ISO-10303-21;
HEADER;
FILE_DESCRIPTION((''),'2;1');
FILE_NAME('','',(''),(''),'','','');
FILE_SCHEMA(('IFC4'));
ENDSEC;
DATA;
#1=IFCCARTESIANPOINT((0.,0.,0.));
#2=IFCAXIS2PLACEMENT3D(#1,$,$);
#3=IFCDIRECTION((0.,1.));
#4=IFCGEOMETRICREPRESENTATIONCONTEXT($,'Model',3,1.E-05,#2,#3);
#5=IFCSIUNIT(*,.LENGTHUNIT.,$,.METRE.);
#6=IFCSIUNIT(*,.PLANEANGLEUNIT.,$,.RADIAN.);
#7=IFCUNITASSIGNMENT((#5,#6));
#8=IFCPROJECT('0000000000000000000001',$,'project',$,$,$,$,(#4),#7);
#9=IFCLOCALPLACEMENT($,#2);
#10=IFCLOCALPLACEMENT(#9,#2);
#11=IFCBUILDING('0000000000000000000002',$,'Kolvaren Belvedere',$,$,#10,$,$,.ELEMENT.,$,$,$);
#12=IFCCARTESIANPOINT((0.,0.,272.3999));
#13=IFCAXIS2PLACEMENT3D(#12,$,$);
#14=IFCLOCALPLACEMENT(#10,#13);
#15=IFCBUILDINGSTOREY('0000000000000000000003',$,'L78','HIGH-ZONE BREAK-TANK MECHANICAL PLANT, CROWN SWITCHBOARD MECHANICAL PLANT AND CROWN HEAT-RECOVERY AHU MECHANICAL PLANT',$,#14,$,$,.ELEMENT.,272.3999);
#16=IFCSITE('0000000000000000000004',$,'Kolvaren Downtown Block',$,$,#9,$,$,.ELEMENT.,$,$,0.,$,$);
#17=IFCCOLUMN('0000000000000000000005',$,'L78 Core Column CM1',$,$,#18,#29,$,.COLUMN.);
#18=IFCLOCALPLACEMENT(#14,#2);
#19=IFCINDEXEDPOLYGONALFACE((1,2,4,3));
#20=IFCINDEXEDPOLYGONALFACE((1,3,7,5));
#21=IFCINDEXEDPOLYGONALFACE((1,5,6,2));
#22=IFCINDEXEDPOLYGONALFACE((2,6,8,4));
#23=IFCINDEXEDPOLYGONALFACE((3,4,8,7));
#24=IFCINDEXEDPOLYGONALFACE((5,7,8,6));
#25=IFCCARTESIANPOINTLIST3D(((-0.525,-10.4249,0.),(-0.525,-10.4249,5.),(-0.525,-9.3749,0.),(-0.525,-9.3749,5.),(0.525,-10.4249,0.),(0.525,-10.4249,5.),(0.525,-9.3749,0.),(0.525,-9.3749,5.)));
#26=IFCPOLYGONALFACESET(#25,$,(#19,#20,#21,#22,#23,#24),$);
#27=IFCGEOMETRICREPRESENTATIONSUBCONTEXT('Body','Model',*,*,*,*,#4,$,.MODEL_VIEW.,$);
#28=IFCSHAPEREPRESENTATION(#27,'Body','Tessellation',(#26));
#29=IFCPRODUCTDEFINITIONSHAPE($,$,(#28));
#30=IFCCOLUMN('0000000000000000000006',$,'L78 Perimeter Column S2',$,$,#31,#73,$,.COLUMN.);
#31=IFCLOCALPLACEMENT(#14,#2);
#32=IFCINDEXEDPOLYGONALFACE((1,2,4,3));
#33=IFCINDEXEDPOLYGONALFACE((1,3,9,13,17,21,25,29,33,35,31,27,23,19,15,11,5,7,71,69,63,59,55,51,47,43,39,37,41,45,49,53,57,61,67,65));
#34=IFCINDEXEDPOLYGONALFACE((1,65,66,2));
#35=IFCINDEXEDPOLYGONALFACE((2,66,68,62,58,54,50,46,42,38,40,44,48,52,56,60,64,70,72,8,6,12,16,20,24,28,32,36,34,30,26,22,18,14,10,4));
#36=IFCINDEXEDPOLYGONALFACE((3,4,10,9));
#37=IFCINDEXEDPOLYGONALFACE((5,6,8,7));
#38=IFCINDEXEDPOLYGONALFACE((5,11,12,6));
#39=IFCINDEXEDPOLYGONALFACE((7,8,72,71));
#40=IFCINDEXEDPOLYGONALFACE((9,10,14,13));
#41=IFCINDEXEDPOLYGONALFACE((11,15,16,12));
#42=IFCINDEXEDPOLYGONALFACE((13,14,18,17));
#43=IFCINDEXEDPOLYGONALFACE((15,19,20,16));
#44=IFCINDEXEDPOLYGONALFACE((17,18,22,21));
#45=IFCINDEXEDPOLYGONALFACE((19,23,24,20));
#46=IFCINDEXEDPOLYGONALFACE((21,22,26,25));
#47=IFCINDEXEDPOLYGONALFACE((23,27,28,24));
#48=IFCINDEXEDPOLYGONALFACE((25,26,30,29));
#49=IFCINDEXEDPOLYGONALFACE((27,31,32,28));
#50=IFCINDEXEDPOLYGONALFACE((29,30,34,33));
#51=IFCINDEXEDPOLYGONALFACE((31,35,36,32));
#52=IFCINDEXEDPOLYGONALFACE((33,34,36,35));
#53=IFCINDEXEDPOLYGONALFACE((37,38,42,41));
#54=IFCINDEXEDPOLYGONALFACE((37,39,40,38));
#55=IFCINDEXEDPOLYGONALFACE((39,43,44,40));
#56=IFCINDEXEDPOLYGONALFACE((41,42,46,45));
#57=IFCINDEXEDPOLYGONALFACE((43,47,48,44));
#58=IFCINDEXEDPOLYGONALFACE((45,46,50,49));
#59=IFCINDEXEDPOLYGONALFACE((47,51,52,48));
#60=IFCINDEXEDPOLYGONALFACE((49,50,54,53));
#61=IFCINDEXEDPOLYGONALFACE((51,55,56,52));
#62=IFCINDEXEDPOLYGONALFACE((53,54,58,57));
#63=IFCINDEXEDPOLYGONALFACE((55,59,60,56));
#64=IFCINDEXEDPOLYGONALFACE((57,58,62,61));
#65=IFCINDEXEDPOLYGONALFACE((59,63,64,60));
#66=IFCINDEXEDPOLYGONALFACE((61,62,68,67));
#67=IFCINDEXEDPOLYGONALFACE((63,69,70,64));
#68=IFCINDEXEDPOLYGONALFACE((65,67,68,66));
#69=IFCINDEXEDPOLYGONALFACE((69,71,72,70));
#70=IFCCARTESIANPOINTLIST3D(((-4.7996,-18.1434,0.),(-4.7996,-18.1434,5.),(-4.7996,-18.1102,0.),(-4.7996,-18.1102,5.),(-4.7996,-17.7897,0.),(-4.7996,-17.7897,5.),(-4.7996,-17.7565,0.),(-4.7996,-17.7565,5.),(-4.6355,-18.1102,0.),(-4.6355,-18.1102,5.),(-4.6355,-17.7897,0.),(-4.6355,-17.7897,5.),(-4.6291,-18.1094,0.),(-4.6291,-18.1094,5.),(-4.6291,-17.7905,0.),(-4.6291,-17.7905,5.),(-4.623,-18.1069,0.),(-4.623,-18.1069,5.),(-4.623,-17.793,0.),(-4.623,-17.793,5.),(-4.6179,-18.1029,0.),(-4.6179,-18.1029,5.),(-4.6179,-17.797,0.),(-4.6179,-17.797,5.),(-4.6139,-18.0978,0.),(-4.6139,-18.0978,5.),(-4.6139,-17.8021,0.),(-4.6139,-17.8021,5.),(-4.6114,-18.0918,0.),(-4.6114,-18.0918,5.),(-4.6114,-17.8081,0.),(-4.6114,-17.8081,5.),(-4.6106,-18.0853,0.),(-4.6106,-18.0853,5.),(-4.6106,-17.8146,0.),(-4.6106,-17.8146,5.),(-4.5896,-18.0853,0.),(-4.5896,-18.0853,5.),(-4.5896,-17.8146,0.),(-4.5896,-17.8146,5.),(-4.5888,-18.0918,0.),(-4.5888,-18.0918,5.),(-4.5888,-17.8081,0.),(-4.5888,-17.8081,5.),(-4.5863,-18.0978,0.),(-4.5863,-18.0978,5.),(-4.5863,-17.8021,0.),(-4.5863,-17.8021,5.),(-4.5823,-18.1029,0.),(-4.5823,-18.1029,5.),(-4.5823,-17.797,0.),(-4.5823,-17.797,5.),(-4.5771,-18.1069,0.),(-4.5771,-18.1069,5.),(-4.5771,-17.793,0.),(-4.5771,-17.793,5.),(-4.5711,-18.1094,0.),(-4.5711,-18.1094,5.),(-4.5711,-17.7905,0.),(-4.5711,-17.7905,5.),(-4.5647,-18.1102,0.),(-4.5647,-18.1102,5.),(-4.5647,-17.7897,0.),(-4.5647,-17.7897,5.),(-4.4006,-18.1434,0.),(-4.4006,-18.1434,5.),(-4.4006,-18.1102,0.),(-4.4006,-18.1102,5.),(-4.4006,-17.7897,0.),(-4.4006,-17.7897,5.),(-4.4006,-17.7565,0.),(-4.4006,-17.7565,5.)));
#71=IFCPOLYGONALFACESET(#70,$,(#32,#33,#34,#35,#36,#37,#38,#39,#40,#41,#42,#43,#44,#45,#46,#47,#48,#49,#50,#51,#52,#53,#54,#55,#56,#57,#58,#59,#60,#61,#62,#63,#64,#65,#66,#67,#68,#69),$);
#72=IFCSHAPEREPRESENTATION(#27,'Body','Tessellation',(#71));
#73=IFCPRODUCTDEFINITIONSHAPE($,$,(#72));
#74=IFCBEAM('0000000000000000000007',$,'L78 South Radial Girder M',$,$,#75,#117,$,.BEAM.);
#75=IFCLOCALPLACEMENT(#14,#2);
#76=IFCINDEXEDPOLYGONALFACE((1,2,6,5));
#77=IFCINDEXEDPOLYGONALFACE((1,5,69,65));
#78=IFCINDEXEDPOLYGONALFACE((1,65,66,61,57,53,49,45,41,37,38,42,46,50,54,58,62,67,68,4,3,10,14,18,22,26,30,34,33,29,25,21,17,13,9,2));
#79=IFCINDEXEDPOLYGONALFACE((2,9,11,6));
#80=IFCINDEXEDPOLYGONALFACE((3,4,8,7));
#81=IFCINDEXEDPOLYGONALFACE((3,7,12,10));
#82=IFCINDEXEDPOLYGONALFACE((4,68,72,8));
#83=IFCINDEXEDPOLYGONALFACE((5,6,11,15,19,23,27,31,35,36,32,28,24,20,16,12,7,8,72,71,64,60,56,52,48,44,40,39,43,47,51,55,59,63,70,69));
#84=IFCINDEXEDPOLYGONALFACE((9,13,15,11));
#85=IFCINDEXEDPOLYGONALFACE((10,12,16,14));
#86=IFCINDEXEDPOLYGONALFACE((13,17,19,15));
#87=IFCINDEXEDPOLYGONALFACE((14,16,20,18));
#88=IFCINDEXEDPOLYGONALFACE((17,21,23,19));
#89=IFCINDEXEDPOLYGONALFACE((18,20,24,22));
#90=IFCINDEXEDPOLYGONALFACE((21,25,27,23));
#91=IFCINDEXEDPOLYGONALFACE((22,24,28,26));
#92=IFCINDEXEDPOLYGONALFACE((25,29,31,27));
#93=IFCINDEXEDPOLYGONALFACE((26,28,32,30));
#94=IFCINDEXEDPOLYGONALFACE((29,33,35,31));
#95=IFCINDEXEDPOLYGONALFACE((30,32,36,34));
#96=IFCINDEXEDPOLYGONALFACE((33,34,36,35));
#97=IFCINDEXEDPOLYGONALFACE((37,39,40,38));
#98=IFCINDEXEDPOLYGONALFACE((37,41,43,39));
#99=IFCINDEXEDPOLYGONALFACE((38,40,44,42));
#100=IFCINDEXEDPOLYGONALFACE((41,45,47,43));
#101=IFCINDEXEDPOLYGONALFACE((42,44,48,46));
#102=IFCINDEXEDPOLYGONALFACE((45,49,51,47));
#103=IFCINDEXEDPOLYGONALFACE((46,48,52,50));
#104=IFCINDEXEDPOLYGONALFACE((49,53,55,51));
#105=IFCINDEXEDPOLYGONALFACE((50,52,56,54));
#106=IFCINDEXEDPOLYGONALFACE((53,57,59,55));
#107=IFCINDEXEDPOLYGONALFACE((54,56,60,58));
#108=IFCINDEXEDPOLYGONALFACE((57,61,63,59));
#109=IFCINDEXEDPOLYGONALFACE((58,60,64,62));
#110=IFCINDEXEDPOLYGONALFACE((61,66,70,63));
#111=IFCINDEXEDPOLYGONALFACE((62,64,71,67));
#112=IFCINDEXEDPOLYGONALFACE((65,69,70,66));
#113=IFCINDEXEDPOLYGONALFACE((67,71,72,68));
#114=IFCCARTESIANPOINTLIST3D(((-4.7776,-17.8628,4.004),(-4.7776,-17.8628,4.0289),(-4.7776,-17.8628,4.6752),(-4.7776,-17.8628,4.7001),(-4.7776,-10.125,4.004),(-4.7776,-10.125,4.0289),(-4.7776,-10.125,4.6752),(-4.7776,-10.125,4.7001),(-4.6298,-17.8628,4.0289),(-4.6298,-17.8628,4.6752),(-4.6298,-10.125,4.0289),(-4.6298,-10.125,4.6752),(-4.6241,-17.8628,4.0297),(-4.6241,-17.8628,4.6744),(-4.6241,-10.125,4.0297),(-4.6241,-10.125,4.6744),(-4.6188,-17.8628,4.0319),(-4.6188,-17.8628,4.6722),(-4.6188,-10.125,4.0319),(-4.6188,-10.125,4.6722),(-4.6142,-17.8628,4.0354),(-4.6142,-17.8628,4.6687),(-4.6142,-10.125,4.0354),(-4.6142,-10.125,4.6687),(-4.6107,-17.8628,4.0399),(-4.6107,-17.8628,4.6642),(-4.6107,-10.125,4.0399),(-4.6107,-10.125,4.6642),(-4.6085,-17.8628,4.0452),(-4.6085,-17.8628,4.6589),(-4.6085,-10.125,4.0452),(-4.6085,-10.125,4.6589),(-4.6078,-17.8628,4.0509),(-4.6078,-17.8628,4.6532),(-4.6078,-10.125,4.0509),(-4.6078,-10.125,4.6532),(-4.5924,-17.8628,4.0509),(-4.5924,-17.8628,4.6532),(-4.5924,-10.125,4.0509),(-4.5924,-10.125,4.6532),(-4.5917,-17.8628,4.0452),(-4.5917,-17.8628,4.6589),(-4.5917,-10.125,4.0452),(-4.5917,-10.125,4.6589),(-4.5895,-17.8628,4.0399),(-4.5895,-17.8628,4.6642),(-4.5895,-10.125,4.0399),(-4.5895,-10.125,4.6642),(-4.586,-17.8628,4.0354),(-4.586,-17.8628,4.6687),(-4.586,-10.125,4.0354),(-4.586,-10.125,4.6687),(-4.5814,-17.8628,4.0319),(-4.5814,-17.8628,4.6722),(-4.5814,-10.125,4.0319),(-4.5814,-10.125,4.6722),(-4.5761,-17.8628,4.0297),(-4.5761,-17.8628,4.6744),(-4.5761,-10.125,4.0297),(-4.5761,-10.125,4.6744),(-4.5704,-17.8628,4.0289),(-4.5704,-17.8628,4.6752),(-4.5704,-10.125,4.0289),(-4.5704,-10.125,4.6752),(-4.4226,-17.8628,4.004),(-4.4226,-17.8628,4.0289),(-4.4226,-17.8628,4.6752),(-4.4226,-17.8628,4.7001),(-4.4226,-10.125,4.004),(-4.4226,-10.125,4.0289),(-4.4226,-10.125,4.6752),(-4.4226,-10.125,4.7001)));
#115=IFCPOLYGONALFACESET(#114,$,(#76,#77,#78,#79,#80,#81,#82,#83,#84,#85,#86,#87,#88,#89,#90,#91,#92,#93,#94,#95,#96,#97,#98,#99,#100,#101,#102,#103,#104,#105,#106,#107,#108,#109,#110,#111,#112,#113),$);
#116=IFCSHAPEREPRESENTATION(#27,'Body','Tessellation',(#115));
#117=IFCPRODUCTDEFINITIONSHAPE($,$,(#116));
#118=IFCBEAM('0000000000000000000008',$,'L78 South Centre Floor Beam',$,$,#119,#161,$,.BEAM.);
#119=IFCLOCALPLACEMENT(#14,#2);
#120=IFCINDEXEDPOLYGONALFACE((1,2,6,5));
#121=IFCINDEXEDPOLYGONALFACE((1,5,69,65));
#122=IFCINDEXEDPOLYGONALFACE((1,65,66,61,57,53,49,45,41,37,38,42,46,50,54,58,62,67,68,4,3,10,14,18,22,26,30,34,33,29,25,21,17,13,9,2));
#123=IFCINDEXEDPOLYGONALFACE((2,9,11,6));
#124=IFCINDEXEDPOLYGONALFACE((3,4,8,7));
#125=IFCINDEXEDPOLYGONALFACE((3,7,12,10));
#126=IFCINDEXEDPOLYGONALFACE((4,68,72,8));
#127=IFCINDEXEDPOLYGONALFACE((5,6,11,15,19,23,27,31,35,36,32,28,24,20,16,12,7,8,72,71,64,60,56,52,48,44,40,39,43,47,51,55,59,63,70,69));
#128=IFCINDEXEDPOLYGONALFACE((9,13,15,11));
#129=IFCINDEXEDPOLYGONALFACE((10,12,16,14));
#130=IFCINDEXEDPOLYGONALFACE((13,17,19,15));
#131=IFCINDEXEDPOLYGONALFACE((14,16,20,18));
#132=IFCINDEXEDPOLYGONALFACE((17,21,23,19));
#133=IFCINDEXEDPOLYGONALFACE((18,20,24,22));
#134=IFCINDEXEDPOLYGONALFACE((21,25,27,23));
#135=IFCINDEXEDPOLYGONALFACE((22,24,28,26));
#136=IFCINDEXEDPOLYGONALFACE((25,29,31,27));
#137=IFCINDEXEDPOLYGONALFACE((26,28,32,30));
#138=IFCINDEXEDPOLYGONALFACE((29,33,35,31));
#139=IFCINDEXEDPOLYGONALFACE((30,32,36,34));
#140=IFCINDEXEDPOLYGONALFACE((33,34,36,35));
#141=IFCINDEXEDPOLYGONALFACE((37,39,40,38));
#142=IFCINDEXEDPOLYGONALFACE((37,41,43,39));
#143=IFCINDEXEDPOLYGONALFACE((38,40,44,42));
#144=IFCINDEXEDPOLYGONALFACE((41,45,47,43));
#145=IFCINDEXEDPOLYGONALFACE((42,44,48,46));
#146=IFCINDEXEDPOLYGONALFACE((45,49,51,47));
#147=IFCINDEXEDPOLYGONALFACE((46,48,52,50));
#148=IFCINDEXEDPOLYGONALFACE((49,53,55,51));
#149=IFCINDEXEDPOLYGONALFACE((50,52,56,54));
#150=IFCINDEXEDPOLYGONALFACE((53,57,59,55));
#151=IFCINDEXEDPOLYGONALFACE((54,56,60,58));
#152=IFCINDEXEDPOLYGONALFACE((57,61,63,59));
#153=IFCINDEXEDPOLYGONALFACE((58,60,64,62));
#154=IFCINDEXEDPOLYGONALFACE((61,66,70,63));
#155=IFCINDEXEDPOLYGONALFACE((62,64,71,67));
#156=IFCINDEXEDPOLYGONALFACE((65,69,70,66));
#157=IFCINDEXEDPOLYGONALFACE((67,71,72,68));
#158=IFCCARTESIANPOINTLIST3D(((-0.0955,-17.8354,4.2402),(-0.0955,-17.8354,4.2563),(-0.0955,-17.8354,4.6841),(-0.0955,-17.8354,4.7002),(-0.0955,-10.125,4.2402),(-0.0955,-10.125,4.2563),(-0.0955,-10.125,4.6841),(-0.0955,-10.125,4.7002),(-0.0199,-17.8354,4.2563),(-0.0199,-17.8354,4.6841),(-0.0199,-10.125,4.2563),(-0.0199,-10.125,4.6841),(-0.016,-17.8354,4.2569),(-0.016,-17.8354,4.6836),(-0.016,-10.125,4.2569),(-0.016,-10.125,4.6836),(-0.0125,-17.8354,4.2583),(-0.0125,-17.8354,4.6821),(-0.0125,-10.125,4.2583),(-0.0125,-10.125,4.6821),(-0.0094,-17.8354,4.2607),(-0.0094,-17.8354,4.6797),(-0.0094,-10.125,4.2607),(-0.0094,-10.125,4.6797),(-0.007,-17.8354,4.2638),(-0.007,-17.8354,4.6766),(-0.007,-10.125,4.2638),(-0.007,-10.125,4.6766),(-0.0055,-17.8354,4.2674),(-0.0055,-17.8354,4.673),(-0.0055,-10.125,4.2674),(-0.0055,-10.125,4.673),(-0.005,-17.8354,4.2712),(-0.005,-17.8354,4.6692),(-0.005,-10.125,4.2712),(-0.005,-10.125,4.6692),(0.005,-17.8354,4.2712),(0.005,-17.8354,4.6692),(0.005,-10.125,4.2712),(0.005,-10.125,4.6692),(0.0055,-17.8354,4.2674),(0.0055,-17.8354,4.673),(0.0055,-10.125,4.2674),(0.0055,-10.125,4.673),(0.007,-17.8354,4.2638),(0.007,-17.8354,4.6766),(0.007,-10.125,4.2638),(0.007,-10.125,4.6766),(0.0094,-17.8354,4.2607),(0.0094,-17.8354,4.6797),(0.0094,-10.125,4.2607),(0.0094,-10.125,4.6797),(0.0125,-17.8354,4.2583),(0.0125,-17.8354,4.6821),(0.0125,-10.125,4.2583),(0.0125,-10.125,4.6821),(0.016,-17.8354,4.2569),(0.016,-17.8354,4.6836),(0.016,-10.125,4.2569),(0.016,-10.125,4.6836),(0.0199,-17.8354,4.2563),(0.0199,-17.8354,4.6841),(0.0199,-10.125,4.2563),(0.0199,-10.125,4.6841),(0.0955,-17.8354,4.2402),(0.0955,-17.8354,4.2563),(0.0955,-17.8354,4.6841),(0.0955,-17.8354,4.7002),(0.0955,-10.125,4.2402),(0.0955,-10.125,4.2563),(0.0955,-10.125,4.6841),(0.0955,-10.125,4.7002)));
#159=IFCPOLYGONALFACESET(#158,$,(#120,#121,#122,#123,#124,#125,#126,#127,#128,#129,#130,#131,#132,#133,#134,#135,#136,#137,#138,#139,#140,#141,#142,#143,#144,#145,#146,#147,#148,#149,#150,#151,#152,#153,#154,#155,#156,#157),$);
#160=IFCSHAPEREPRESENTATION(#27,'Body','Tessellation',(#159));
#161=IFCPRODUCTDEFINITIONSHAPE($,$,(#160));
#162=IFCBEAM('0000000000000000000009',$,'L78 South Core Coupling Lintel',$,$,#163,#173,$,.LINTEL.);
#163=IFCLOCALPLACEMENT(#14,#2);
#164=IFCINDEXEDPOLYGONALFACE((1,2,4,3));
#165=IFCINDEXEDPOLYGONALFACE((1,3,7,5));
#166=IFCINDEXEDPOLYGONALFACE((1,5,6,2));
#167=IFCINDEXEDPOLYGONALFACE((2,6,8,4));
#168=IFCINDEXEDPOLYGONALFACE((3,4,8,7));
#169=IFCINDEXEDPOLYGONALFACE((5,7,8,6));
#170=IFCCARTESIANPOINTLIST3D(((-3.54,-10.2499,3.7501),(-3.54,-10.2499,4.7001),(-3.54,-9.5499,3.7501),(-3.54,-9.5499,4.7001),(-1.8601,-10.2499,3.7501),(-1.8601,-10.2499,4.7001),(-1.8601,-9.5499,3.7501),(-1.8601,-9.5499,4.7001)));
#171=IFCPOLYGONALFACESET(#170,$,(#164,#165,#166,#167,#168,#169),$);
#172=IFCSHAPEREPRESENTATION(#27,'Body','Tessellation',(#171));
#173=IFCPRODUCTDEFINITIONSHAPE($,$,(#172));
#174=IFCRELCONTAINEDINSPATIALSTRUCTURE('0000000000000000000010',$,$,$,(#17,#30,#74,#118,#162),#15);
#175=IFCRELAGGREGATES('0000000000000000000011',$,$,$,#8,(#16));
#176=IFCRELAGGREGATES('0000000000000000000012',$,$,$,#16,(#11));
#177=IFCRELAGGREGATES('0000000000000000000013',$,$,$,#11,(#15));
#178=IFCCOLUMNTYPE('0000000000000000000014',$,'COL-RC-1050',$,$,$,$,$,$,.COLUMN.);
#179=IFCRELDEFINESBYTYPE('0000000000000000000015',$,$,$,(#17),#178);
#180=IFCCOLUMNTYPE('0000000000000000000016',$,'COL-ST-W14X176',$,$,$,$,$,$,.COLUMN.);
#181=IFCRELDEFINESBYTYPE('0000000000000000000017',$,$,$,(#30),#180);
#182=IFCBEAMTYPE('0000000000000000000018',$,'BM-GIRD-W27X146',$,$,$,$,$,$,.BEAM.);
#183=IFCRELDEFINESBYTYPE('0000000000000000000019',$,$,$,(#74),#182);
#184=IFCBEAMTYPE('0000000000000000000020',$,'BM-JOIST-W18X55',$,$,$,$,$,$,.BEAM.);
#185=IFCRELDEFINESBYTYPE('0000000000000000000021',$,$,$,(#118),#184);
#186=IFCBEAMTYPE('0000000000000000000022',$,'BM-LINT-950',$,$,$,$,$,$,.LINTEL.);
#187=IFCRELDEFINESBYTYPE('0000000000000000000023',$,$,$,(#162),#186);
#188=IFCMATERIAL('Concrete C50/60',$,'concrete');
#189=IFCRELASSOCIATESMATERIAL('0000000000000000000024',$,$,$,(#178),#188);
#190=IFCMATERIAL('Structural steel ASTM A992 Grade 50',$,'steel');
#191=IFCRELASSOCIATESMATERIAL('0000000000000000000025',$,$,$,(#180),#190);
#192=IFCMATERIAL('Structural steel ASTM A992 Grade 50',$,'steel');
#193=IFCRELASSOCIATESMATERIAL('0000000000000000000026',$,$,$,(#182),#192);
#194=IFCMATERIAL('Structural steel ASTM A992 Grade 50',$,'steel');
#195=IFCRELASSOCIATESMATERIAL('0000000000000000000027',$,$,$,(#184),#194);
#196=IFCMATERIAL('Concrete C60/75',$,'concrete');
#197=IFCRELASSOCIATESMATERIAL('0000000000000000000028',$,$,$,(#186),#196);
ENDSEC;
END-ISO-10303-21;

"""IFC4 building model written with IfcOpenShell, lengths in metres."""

from ifc_helpers import new_model, si_unit, direction, frame, origin, origin_2d, place, context, subcontext, project, spatial, rectangle, i_section, extrude, material, material_profile, profile_set, type_object, element, save


model = new_model("IFC4")

# Units and contexts
model_context = context("Model", 3, precision=1e-05, world=origin(), true_north=direction((0.0, 1.0)))
body_context = subcontext(model_context, "Body", "Model", "MODEL_VIEW")
ifc_project = project(units=[si_unit("LENGTHUNIT", "METRE"), si_unit("PLANEANGLEUNIT", "RADIAN")], contexts=[model_context])

# Site, building, storey
site_placement = place(None, origin())
site = spatial("IfcSite", under=ifc_project, at=site_placement, Name="Kolvaren Downtown Block", CompositionType="ELEMENT", RefElevation=0.0)
building_placement = place(site_placement, origin())
building = spatial("IfcBuilding", under=site, at=building_placement, Name="Kolvaren Belvedere", CompositionType="ELEMENT")
storey_placement = place(building_placement, frame((0.0, 0.0, 272.3999)))
storey = spatial("IfcBuildingStorey", under=building, at=storey_placement, Name="L78", Description="HIGH-ZONE BREAK-TANK MECHANICAL PLANT, CROWN SWITCHBOARD MECHANICAL PLANT AND CROWN HEAT-RECOVERY AHU MECHANICAL PLANT", CompositionType="ELEMENT", Elevation=272.3999)

# Columns
ifc_material_1 = material(Name="Concrete C50/60", Category="concrete")
ifc_material_profile_1 = material_profile(ifc_material_1, rectangle(XDim=1.05, YDim=1.05, at=origin_2d()), Name="RC 1050X1050")
ifc_profile_set_1 = profile_set([ifc_material_profile_1], Name="Concrete C50/60")
column_type_1 = type_object("IfcColumnType", Name="COL-RC-1050", PredefinedType="COLUMN", material=ifc_profile_set_1)
column_1_placement = place(storey_placement, frame((0.0, -9.8999, 0.0), z_axis=(0.0, 0.0, 1.0), x_axis=(1.0, 0.0, 0.0)))
element("IfcColumn", 1, at=column_1_placement, inside=storey, type_object=column_type_1, Name="L78 Core Column CM1", PredefinedType="COLUMN", context=body_context, shape_type="SweptSolid", body=[
    extrude(rectangle(XDim=1.05, YDim=1.05, at=origin_2d()), origin(), (0.0, 0.0, 1.0), 5.0),
])
ifc_material_2 = material(Name="Structural steel ASTM A992 Grade 50", Category="steel")
ifc_material_profile_2 = material_profile(ifc_material_2, i_section(OverallWidth=0.3989, OverallDepth=0.387, WebThickness=0.021, FlangeThickness=0.0332, FilletRadius=0.0249, at=origin_2d()), Name="W14X176")
ifc_profile_set_2 = profile_set([ifc_material_profile_2], Name="Structural steel ASTM A992 Grade 50")
column_type_2 = type_object("IfcColumnType", Name="COL-ST-W14X176", PredefinedType="COLUMN", material=ifc_profile_set_2)
column_2_placement = place(storey_placement, frame((-4.6001, -17.95, 0.0), z_axis=(0.0, 0.0, 1.0), x_axis=(1.0, 0.0, 0.0)))
element("IfcColumn", 2, at=column_2_placement, inside=storey, type_object=column_type_2, Name="L78 Perimeter Column S2", PredefinedType="COLUMN", context=body_context, shape_type="SweptSolid", body=[
    extrude(i_section(OverallWidth=0.3989, OverallDepth=0.387, WebThickness=0.021, FlangeThickness=0.0332, FilletRadius=0.0249, at=origin_2d()), origin(), (0.0, 0.0, 1.0), 5.0),
])

# Beams
ifc_material_3 = material(Name="Structural steel ASTM A992 Grade 50", Category="steel")
ifc_material_profile_3 = material_profile(ifc_material_3, i_section(OverallWidth=0.355, OverallDepth=0.696, WebThickness=0.0154, FlangeThickness=0.0249, FilletRadius=0.022, at=origin_2d()), Name="W27X146")
ifc_profile_set_3 = profile_set([ifc_material_profile_3], Name="Structural steel ASTM A992 Grade 50")
beam_type_1 = type_object("IfcBeamType", Name="BM-GIRD-W27X146", PredefinedType="BEAM", material=ifc_profile_set_3)
beam_1_placement = place(storey_placement, frame((-4.6001, -10.125, 4.3521), z_axis=(0.0, -1.0, 0.0), x_axis=(1.0, 0.0, 0.0)))
element("IfcBeam", 3, at=beam_1_placement, inside=storey, type_object=beam_type_1, Name="L78 South Radial Girder M", PredefinedType="BEAM", context=body_context, shape_type="SweptSolid", body=[
    extrude(i_section(OverallWidth=0.355, OverallDepth=0.696, WebThickness=0.0154, FlangeThickness=0.0249, FilletRadius=0.022, at=origin_2d()), origin(), (0.0, 0.0, 1.0), 7.7378),
])
ifc_material_4 = material(Name="Structural steel ASTM A992 Grade 50", Category="steel")
ifc_material_profile_4 = material_profile(ifc_material_4, i_section(OverallWidth=0.1909, OverallDepth=0.46, WebThickness=0.01, FlangeThickness=0.0161, FilletRadius=0.0149, at=origin_2d()), Name="W18X55")
ifc_profile_set_4 = profile_set([ifc_material_profile_4], Name="Structural steel ASTM A992 Grade 50")
beam_type_2 = type_object("IfcBeamType", Name="BM-JOIST-W18X55", PredefinedType="BEAM", material=ifc_profile_set_4)
beam_2_placement = place(storey_placement, frame((0.0, -10.125, 4.4702), z_axis=(0.0, -1.0, 0.0), x_axis=(1.0, 0.0, 0.0)))
element("IfcBeam", 4, at=beam_2_placement, inside=storey, type_object=beam_type_2, Name="L78 South Centre Floor Beam", PredefinedType="BEAM", context=body_context, shape_type="SweptSolid", body=[
    extrude(i_section(OverallWidth=0.1909, OverallDepth=0.46, WebThickness=0.01, FlangeThickness=0.0161, FilletRadius=0.0149, at=origin_2d()), origin(), (0.0, 0.0, 1.0), 7.7104),
])
ifc_material_5 = material(Name="Concrete C60/75", Category="concrete")
ifc_material_profile_5 = material_profile(ifc_material_5, rectangle(XDim=0.7, YDim=0.95, at=origin_2d()), Name="RC 700X950")
ifc_profile_set_5 = profile_set([ifc_material_profile_5], Name="Concrete C60/75")
beam_type_3 = type_object("IfcBeamType", Name="BM-LINT-950", PredefinedType="LINTEL", material=ifc_profile_set_5)
beam_3_placement = place(storey_placement, frame((-3.54, -9.8999, 4.2251), z_axis=(1.0, 0.0, 0.0), x_axis=(0.0, 1.0, 0.0)))
element("IfcBeam", 5, at=beam_3_placement, inside=storey, type_object=beam_type_3, Name="L78 South Core Coupling Lintel", PredefinedType="LINTEL", context=body_context, shape_type="SweptSolid", body=[
    extrude(rectangle(XDim=0.7, YDim=0.95, at=origin_2d()), origin(), (0.0, 0.0, 1.0), 1.6799),
])

save(model, "model.ifc")
